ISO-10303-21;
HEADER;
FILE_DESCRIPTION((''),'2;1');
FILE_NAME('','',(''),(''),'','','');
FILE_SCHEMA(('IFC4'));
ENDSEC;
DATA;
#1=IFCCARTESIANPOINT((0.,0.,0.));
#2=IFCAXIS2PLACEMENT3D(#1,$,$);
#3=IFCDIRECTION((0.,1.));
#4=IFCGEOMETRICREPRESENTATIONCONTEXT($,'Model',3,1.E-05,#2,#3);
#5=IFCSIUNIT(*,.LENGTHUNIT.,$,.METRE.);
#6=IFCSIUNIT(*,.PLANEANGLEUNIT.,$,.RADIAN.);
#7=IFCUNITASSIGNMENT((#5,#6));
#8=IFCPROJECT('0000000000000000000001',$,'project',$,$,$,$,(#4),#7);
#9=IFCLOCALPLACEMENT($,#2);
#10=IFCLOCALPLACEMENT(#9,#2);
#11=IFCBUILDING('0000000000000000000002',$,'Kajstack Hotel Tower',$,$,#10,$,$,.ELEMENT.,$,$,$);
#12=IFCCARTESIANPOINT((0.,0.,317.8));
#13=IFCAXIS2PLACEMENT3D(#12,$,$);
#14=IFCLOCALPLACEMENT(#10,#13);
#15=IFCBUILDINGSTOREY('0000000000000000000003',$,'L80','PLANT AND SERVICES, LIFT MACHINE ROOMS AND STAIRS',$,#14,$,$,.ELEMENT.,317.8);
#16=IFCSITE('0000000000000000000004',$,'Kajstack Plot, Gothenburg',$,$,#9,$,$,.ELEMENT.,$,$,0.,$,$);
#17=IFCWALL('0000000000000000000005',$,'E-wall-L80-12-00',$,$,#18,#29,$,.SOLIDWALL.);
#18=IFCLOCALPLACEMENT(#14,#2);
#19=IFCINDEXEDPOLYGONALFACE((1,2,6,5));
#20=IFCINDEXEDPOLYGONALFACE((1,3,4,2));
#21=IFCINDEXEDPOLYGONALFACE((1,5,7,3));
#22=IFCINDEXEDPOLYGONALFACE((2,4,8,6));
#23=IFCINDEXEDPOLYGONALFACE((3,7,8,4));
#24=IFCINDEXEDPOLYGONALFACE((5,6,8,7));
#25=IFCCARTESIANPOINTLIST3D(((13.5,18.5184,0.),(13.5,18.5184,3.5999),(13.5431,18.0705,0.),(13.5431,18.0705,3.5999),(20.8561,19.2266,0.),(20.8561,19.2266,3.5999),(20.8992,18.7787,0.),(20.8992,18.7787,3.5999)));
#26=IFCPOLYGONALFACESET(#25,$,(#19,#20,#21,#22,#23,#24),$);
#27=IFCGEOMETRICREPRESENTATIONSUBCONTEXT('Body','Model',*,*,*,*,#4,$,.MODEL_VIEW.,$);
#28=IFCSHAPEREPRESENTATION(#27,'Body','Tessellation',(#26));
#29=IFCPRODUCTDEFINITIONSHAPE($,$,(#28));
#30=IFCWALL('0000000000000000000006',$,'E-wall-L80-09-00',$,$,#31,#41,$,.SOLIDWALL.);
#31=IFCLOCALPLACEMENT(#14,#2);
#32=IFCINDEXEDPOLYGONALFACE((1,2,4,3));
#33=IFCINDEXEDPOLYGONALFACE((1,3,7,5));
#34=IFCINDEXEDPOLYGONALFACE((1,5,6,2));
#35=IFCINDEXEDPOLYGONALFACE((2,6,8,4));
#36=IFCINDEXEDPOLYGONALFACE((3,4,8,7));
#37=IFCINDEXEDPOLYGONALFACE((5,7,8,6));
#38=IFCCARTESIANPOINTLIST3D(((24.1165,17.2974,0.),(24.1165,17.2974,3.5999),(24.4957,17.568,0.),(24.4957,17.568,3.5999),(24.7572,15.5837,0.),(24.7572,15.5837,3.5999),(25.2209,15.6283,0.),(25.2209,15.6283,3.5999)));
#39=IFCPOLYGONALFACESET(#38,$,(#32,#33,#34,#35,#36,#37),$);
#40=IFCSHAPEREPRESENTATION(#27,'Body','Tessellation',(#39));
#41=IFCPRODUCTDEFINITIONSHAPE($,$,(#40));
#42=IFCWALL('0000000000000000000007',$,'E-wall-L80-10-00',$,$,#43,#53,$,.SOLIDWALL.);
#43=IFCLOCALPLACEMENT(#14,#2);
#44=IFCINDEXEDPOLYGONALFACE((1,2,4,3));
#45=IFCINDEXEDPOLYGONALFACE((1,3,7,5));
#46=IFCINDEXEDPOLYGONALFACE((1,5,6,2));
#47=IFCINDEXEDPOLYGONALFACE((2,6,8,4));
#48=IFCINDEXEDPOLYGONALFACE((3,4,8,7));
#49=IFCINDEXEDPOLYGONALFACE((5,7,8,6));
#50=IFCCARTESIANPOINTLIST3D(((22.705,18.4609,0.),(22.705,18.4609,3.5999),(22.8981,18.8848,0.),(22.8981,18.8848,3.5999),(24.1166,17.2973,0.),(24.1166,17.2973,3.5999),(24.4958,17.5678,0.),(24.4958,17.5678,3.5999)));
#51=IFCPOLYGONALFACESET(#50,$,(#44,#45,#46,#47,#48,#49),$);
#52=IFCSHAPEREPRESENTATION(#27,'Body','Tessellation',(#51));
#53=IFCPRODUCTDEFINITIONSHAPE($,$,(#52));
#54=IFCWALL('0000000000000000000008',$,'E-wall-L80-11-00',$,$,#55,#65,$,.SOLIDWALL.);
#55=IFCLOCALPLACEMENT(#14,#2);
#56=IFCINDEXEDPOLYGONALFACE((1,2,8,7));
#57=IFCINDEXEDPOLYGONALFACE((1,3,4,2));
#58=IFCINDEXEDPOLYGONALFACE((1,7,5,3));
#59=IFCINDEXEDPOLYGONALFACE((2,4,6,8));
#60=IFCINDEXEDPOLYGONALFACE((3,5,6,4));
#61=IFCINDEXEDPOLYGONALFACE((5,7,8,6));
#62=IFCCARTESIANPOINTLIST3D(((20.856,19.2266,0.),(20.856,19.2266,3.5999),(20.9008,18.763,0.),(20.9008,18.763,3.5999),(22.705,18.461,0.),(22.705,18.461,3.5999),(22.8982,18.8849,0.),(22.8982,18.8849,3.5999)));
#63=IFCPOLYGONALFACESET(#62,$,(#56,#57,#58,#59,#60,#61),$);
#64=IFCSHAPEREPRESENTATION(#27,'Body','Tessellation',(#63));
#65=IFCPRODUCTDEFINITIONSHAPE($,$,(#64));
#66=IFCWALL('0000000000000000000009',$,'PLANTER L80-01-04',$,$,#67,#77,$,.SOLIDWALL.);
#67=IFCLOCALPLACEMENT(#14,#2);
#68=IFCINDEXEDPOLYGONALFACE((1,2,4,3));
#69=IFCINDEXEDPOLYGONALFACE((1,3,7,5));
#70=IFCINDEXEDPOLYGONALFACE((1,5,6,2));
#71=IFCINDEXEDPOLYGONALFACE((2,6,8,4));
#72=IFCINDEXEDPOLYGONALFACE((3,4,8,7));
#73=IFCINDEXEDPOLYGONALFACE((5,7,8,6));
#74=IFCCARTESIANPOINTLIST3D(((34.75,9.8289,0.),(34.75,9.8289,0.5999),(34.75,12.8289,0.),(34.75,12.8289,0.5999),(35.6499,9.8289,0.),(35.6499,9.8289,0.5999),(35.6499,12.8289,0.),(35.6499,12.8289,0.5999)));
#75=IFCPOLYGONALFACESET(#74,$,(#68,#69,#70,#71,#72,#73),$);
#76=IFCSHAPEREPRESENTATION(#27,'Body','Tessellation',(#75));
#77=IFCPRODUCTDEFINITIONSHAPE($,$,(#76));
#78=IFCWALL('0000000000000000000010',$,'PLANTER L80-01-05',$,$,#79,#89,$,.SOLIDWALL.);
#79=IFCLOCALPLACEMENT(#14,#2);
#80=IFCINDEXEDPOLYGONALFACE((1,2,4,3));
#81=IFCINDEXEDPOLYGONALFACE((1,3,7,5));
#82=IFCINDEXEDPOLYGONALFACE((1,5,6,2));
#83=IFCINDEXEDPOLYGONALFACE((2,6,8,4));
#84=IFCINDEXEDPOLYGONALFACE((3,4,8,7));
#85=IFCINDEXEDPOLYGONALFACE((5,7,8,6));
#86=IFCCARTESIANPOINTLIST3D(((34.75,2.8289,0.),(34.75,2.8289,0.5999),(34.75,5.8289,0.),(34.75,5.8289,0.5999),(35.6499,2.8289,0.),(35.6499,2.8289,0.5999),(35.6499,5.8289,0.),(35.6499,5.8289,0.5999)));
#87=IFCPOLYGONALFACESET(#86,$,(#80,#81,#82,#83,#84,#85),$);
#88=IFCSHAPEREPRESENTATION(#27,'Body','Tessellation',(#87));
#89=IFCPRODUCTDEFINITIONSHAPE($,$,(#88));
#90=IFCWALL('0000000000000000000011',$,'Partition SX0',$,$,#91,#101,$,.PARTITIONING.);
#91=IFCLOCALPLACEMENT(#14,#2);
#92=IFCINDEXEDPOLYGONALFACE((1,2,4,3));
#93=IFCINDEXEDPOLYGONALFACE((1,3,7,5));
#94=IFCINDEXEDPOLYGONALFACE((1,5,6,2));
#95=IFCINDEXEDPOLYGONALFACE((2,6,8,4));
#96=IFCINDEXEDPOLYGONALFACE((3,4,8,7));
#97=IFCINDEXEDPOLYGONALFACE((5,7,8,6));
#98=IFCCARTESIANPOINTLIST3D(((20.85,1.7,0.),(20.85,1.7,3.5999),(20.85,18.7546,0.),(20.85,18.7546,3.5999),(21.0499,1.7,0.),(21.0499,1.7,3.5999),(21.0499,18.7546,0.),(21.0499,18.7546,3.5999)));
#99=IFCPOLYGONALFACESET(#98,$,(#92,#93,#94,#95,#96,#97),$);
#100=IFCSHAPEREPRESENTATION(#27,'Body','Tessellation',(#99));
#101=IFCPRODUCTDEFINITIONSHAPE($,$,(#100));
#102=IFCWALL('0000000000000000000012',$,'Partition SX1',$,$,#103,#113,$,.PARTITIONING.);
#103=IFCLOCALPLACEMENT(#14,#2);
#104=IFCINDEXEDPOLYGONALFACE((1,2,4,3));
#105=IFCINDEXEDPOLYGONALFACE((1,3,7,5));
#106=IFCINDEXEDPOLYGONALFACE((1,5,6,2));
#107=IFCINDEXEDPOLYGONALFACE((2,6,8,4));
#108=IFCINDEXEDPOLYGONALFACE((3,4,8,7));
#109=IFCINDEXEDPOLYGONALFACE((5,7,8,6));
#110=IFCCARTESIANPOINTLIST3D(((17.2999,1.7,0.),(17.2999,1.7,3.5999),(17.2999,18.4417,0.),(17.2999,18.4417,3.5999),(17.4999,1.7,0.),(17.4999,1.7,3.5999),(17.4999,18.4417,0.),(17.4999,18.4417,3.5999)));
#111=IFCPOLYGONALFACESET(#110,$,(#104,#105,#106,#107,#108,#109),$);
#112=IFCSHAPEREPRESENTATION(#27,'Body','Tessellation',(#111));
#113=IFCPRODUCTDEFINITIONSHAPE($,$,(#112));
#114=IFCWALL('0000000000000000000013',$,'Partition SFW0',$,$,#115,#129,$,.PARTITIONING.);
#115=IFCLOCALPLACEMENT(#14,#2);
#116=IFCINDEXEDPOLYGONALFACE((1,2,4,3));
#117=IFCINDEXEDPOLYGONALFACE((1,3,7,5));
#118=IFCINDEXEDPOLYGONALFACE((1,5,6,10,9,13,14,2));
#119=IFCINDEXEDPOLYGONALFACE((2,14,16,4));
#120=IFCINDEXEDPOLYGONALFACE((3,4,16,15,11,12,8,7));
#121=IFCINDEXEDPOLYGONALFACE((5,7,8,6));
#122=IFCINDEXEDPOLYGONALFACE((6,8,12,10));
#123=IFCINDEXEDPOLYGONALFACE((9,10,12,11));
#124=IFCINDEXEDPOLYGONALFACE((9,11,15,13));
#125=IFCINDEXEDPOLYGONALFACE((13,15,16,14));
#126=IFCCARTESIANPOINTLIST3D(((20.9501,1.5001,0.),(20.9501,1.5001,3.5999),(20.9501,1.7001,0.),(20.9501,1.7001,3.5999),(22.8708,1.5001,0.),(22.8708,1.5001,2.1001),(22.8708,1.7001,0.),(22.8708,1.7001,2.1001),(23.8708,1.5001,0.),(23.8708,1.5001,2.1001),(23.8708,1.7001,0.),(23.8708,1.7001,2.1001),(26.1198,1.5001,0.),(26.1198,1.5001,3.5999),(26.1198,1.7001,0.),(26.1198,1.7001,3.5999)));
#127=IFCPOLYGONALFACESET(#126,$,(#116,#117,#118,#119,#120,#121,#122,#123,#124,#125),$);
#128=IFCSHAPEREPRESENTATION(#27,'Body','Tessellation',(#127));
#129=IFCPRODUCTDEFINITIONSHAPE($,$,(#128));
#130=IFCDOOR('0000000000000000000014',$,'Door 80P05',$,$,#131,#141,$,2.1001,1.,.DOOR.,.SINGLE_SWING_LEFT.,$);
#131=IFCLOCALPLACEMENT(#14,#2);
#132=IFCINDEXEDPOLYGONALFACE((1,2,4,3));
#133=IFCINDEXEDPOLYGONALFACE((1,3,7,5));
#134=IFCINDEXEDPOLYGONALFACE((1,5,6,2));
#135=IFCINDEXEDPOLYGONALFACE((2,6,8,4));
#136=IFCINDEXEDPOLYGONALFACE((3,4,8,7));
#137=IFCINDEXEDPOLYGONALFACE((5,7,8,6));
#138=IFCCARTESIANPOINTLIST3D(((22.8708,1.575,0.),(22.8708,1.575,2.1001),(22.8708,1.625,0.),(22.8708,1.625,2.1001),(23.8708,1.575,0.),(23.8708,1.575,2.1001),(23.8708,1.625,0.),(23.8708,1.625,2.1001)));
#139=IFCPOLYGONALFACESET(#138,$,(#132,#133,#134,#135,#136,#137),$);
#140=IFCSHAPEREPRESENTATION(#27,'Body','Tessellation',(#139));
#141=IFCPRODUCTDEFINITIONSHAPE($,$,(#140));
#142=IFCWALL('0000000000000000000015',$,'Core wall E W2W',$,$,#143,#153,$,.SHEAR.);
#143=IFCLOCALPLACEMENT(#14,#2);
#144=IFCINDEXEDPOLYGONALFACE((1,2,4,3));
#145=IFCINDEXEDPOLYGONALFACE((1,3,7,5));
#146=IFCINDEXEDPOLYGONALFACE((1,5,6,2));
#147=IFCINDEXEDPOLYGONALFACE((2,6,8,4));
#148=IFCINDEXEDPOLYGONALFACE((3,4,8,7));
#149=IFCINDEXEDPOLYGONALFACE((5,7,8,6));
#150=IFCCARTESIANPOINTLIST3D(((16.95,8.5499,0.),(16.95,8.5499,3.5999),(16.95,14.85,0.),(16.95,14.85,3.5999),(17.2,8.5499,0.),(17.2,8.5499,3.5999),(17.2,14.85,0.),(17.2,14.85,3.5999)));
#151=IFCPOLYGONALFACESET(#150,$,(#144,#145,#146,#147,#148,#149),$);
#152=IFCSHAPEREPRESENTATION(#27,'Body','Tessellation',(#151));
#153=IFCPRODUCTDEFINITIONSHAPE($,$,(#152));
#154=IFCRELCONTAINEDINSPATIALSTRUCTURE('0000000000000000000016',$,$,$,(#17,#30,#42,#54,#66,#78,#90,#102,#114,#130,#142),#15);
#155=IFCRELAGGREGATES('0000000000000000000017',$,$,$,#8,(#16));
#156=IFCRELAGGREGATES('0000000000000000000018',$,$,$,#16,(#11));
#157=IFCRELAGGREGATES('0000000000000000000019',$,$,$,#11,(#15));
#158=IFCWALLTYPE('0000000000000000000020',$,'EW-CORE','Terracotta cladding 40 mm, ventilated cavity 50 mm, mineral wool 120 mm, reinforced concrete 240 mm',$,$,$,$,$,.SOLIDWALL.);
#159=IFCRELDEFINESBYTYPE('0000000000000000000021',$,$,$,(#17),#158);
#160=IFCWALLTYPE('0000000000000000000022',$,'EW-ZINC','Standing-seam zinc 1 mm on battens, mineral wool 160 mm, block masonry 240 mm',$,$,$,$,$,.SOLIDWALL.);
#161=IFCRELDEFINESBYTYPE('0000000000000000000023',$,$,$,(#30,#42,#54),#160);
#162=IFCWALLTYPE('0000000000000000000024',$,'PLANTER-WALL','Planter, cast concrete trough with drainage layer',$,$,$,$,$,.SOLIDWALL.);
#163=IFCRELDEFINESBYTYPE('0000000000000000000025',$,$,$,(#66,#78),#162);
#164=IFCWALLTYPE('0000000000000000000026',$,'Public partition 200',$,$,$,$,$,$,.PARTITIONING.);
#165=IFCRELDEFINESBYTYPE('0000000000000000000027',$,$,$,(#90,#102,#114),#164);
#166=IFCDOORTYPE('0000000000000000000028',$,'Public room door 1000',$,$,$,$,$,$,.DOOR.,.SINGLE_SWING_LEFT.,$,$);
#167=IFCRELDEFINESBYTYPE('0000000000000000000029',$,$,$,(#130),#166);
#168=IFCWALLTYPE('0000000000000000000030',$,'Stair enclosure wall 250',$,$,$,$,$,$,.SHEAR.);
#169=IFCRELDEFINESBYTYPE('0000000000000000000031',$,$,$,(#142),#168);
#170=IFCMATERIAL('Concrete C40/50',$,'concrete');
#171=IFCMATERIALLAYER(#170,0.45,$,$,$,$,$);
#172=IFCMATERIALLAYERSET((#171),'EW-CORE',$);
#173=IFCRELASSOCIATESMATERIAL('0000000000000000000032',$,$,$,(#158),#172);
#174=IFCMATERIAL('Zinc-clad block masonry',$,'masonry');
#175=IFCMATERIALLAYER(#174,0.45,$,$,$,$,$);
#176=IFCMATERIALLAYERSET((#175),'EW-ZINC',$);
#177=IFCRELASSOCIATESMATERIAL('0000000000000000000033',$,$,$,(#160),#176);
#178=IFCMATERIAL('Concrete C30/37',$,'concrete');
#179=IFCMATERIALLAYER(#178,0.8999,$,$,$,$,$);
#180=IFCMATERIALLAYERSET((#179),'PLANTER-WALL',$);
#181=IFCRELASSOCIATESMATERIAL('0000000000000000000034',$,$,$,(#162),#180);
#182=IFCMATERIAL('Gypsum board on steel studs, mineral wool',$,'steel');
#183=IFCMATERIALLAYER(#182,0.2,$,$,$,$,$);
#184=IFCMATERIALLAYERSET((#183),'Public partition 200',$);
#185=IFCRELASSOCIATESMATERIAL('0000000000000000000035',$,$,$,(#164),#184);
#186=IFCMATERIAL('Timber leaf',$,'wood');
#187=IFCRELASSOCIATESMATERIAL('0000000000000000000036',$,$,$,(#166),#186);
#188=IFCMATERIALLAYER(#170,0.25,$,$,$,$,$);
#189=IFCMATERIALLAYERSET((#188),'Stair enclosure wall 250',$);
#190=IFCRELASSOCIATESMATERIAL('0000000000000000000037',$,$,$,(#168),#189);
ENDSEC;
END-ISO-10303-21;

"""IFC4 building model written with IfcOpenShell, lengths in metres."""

from ifc_helpers import new_model, si_unit, direction, frame, frame_2d, origin, place, context, subcontext, project, spatial, polyline, rectangle, outline, extrude, material, layer, layer_set, type_object, element, fill, save


model = new_model("IFC4")

# Units and contexts
model_context = context("Model", 3, precision=1e-05, world=origin(), true_north=direction((0.0, 1.0)))
body_context = subcontext(model_context, "Body", "Model", "MODEL_VIEW")
ifc_project = project(units=[si_unit("LENGTHUNIT", "METRE"), si_unit("PLANEANGLEUNIT", "RADIAN")], contexts=[model_context])

# Site, building, storey
site_placement = place(None, origin())
site = spatial("IfcSite", under=ifc_project, at=site_placement, Name="Kajstack Plot, Gothenburg", CompositionType="ELEMENT", RefElevation=0.0)
building_placement = place(site_placement, origin())
building = spatial("IfcBuilding", under=site, at=building_placement, Name="Kajstack Hotel Tower", CompositionType="ELEMENT")
storey_placement = place(building_placement, frame((0.0, 0.0, 317.8)))
storey = spatial("IfcBuildingStorey", under=building, at=storey_placement, Name="L80", Description="PLANT AND SERVICES, LIFT MACHINE ROOMS AND STAIRS", CompositionType="ELEMENT", Elevation=317.8)

# Walls
ifc_material_1 = material(Name="Concrete C40/50", Category="concrete")
ifc_layer_1 = layer(ifc_material_1, 0.45)
ifc_layer_set_1 = layer_set([ifc_layer_1], Name="EW-CORE")
wall_type_1 = type_object("IfcWallType", Name="EW-CORE", Description="Terracotta cladding 40 mm, ventilated cavity 50 mm, mineral wool 120 mm, reinforced concrete 240 mm", PredefinedType="SOLIDWALL", material=ifc_layer_set_1)
wall_1_placement = place(storey_placement, frame((20.8777, 19.0027, 0.0), z_axis=(0.0, 0.0, 1.0), x_axis=(-0.995397, -0.095836, 0.0)))
element("IfcWall", 1, at=wall_1_placement, inside=storey, type_object=wall_type_1, Name="E-wall-L80-12-00", PredefinedType="SOLIDWALL", context=body_context, shape_type="SweptSolid", body=[
    extrude(rectangle(XDim=7.3901, YDim=0.45, at=frame_2d((3.6951, 0.0))), origin(), (0.0, 0.0, 1.0), 3.5999),
])
ifc_material_2 = material(Name="Zinc-clad block masonry", Category="masonry")
ifc_layer_2 = layer(ifc_material_2, 0.45)
ifc_layer_set_2 = layer_set([ifc_layer_2], Name="EW-ZINC")
wall_type_2 = type_object("IfcWallType", Name="EW-ZINC", Description="Standing-seam zinc 1 mm on battens, mineral wool 160 mm, block masonry 240 mm", PredefinedType="SOLIDWALL", material=ifc_layer_set_2)
wall_2_placement = place(storey_placement, frame((25.0103, 15.5496, 0.0), z_axis=(0.0, 0.0, 1.0), x_axis=(-0.350193, 0.936678, 0.0)))
element("IfcWall", 2, at=wall_2_placement, inside=storey, type_object=wall_type_2, Name="E-wall-L80-09-00", PredefinedType="SOLIDWALL", context=body_context, shape_type="SweptSolid", body=[
    extrude(outline(polyline([(0.0, -0.2249), (2.0708, -0.2249), (1.9502, 0.2251), (0.1206, 0.2251), (0.0, -0.2249)])), origin(), (0.0, 0.0, 1.0), 3.5999),
])
for number, where, z_axis, x_axis, name in (
    (3, (24.3528, 17.3943, 0.0), (0.0, 0.0, 1.0), (-0.771699, 0.635988, 0.0), "E-wall-L80-10-00"),
    (4, (22.8611, 18.6631, 0.0), (0.0, 0.0, 1.0), (-0.986301, 0.164953, 0.0), "E-wall-L80-11-00"),
):
    element("IfcWall", number, at=place(storey_placement, frame(where, z_axis=z_axis, x_axis=x_axis)), inside=storey, type_object=wall_type_2, Name=name, PredefinedType="SOLIDWALL", context=body_context, shape_type="SweptSolid", body=[
        extrude(outline(polyline([(0.0, -0.2249), (2.0706, -0.2251), (1.95, 0.2249), (0.1206, 0.2251), (0.0, -0.2249)])), origin(), (0.0, 0.0, 1.0), 3.5999),
    ])
ifc_material_3 = material(Name="Concrete C30/37", Category="concrete")
ifc_layer_3 = layer(ifc_material_3, 0.8999)
ifc_layer_set_3 = layer_set([ifc_layer_3], Name="PLANTER-WALL")
wall_type_3 = type_object("IfcWallType", Name="PLANTER-WALL", Description="Planter, cast concrete trough with drainage layer", PredefinedType="SOLIDWALL", material=ifc_layer_set_3)
for number, where, z_axis, x_axis, name in (
    (5, (35.2, 12.8289, 0.0), (0.0, 0.0, 1.0), (0.0, -1.0, 0.0), "PLANTER L80-01-04"),
    (6, (35.2, 5.8289, 0.0), (0.0, 0.0, 1.0), (0.0, -1.0, 0.0), "PLANTER L80-01-05"),
):
    element("IfcWall", number, at=place(storey_placement, frame(where, z_axis=z_axis, x_axis=x_axis)), inside=storey, type_object=wall_type_3, Name=name, PredefinedType="SOLIDWALL", context=body_context, shape_type="SweptSolid", body=[
        extrude(rectangle(XDim=3.0, YDim=0.8999, at=frame_2d((1.5, 0.0))), origin(), (0.0, 0.0, 1.0), 0.5999),
    ])
ifc_material_4 = material(Name="Gypsum board on steel studs, mineral wool", Category="steel")
ifc_layer_4 = layer(ifc_material_4, 0.2)
ifc_layer_set_4 = layer_set([ifc_layer_4], Name="Public partition 200")
wall_type_4 = type_object("IfcWallType", Name="Public partition 200", PredefinedType="PARTITIONING", material=ifc_layer_set_4)
wall_3_placement = place(storey_placement, frame((20.95, 1.7, 0.0), z_axis=(0.0, 0.0, 1.0), x_axis=(0.0, 1.0, 0.0)))
element("IfcWall", 7, at=wall_3_placement, inside=storey, type_object=wall_type_4, Name="Partition SX0", PredefinedType="PARTITIONING", context=body_context, shape_type="SweptSolid", body=[
    extrude(rectangle(XDim=17.0547, YDim=0.2, at=frame_2d((8.5273, 0.0))), origin(), (0.0, 0.0, 1.0), 3.5999),
])
wall_4_placement = place(storey_placement, frame((17.3999, 1.7, 0.0), z_axis=(0.0, 0.0, 1.0), x_axis=(0.0, 1.0, 0.0)))
element("IfcWall", 8, at=wall_4_placement, inside=storey, type_object=wall_type_4, Name="Partition SX1", PredefinedType="PARTITIONING", context=body_context, shape_type="SweptSolid", body=[
    extrude(rectangle(XDim=16.7417, YDim=0.2, at=frame_2d((8.3708, 0.0))), origin(), (0.0, 0.0, 1.0), 3.5999),
])

# Wall, opening, door
wall_5_placement = place(storey_placement, frame((20.95, 1.6001, 0.0), z_axis=(0.0, 0.0, 1.0), x_axis=(1.0, 0.0, 0.0)))
wall_5 = element("IfcWall", 9, at=wall_5_placement, inside=storey, type_object=wall_type_4, Name="Partition SFW0", PredefinedType="PARTITIONING", context=body_context, shape_type="SweptSolid", body=[
    extrude(rectangle(XDim=5.1697, YDim=0.2, at=frame_2d((2.585, 0.0))), origin(), (0.0, 0.0, 1.0), 3.5999),
])
opening_placement = place(wall_5_placement, frame((1.9209, 0.0, 0.0)))
opening = element("IfcOpeningElement", 10, at=opening_placement, cuts=wall_5, PredefinedType="OPENING", context=body_context, shape_type="SweptSolid", body=[
    extrude(rectangle(XDim=1.0, YDim=2.1001, at=frame_2d((0.5, 1.05))), frame((0.0, 0.1099, 0.0), z_axis=(0.0, -1.0, 0.0), x_axis=(1.0, 0.0, 0.0)), (0.0, 0.0, 1.0), 0.22),
])
ifc_material_5 = material(Name="Timber leaf", Category="wood")
door_type = type_object("IfcDoorType", Name="Public room door 1000", OperationType="SINGLE_SWING_LEFT", PredefinedType="DOOR", material=ifc_material_5)
door_placement = place(opening_placement, origin())
door = element("IfcDoor", 11, at=door_placement, inside=storey, type_object=door_type, Name="Door 80P05", OperationType="SINGLE_SWING_LEFT", OverallHeight=2.1001, OverallWidth=1.0, PredefinedType="DOOR", context=body_context, shape_type="SweptSolid", body=[
    extrude(rectangle(XDim=1.0, YDim=2.1001, at=frame_2d((0.5, 1.05))), frame((0.0, 0.0249, 0.0), z_axis=(0.0, -1.0, 0.0), x_axis=(1.0, 0.0, 0.0)), (0.0, 0.0, 1.0), 0.05),
])
fill(opening, door)

# Wall
ifc_layer_5 = layer(ifc_material_1, 0.25)
ifc_layer_set_5 = layer_set([ifc_layer_5], Name="Stair enclosure wall 250")
wall_type_5 = type_object("IfcWallType", Name="Stair enclosure wall 250", PredefinedType="SHEAR", material=ifc_layer_set_5)
wall_6_placement = place(storey_placement, frame((17.075, 8.55, 0.0), z_axis=(0.0, 0.0, 1.0), x_axis=(0.0, 1.0, 0.0)))
element("IfcWall", 12, at=wall_6_placement, inside=storey, type_object=wall_type_5, Name="Core wall E W2W", PredefinedType="SHEAR", context=body_context, shape_type="SweptSolid", body=[
    extrude(rectangle(XDim=6.3, YDim=0.25, at=frame_2d((3.1499, 0.0))), origin(), (0.0, 0.0, 1.0), 3.5999),
])

save(model, "model.ifc")
